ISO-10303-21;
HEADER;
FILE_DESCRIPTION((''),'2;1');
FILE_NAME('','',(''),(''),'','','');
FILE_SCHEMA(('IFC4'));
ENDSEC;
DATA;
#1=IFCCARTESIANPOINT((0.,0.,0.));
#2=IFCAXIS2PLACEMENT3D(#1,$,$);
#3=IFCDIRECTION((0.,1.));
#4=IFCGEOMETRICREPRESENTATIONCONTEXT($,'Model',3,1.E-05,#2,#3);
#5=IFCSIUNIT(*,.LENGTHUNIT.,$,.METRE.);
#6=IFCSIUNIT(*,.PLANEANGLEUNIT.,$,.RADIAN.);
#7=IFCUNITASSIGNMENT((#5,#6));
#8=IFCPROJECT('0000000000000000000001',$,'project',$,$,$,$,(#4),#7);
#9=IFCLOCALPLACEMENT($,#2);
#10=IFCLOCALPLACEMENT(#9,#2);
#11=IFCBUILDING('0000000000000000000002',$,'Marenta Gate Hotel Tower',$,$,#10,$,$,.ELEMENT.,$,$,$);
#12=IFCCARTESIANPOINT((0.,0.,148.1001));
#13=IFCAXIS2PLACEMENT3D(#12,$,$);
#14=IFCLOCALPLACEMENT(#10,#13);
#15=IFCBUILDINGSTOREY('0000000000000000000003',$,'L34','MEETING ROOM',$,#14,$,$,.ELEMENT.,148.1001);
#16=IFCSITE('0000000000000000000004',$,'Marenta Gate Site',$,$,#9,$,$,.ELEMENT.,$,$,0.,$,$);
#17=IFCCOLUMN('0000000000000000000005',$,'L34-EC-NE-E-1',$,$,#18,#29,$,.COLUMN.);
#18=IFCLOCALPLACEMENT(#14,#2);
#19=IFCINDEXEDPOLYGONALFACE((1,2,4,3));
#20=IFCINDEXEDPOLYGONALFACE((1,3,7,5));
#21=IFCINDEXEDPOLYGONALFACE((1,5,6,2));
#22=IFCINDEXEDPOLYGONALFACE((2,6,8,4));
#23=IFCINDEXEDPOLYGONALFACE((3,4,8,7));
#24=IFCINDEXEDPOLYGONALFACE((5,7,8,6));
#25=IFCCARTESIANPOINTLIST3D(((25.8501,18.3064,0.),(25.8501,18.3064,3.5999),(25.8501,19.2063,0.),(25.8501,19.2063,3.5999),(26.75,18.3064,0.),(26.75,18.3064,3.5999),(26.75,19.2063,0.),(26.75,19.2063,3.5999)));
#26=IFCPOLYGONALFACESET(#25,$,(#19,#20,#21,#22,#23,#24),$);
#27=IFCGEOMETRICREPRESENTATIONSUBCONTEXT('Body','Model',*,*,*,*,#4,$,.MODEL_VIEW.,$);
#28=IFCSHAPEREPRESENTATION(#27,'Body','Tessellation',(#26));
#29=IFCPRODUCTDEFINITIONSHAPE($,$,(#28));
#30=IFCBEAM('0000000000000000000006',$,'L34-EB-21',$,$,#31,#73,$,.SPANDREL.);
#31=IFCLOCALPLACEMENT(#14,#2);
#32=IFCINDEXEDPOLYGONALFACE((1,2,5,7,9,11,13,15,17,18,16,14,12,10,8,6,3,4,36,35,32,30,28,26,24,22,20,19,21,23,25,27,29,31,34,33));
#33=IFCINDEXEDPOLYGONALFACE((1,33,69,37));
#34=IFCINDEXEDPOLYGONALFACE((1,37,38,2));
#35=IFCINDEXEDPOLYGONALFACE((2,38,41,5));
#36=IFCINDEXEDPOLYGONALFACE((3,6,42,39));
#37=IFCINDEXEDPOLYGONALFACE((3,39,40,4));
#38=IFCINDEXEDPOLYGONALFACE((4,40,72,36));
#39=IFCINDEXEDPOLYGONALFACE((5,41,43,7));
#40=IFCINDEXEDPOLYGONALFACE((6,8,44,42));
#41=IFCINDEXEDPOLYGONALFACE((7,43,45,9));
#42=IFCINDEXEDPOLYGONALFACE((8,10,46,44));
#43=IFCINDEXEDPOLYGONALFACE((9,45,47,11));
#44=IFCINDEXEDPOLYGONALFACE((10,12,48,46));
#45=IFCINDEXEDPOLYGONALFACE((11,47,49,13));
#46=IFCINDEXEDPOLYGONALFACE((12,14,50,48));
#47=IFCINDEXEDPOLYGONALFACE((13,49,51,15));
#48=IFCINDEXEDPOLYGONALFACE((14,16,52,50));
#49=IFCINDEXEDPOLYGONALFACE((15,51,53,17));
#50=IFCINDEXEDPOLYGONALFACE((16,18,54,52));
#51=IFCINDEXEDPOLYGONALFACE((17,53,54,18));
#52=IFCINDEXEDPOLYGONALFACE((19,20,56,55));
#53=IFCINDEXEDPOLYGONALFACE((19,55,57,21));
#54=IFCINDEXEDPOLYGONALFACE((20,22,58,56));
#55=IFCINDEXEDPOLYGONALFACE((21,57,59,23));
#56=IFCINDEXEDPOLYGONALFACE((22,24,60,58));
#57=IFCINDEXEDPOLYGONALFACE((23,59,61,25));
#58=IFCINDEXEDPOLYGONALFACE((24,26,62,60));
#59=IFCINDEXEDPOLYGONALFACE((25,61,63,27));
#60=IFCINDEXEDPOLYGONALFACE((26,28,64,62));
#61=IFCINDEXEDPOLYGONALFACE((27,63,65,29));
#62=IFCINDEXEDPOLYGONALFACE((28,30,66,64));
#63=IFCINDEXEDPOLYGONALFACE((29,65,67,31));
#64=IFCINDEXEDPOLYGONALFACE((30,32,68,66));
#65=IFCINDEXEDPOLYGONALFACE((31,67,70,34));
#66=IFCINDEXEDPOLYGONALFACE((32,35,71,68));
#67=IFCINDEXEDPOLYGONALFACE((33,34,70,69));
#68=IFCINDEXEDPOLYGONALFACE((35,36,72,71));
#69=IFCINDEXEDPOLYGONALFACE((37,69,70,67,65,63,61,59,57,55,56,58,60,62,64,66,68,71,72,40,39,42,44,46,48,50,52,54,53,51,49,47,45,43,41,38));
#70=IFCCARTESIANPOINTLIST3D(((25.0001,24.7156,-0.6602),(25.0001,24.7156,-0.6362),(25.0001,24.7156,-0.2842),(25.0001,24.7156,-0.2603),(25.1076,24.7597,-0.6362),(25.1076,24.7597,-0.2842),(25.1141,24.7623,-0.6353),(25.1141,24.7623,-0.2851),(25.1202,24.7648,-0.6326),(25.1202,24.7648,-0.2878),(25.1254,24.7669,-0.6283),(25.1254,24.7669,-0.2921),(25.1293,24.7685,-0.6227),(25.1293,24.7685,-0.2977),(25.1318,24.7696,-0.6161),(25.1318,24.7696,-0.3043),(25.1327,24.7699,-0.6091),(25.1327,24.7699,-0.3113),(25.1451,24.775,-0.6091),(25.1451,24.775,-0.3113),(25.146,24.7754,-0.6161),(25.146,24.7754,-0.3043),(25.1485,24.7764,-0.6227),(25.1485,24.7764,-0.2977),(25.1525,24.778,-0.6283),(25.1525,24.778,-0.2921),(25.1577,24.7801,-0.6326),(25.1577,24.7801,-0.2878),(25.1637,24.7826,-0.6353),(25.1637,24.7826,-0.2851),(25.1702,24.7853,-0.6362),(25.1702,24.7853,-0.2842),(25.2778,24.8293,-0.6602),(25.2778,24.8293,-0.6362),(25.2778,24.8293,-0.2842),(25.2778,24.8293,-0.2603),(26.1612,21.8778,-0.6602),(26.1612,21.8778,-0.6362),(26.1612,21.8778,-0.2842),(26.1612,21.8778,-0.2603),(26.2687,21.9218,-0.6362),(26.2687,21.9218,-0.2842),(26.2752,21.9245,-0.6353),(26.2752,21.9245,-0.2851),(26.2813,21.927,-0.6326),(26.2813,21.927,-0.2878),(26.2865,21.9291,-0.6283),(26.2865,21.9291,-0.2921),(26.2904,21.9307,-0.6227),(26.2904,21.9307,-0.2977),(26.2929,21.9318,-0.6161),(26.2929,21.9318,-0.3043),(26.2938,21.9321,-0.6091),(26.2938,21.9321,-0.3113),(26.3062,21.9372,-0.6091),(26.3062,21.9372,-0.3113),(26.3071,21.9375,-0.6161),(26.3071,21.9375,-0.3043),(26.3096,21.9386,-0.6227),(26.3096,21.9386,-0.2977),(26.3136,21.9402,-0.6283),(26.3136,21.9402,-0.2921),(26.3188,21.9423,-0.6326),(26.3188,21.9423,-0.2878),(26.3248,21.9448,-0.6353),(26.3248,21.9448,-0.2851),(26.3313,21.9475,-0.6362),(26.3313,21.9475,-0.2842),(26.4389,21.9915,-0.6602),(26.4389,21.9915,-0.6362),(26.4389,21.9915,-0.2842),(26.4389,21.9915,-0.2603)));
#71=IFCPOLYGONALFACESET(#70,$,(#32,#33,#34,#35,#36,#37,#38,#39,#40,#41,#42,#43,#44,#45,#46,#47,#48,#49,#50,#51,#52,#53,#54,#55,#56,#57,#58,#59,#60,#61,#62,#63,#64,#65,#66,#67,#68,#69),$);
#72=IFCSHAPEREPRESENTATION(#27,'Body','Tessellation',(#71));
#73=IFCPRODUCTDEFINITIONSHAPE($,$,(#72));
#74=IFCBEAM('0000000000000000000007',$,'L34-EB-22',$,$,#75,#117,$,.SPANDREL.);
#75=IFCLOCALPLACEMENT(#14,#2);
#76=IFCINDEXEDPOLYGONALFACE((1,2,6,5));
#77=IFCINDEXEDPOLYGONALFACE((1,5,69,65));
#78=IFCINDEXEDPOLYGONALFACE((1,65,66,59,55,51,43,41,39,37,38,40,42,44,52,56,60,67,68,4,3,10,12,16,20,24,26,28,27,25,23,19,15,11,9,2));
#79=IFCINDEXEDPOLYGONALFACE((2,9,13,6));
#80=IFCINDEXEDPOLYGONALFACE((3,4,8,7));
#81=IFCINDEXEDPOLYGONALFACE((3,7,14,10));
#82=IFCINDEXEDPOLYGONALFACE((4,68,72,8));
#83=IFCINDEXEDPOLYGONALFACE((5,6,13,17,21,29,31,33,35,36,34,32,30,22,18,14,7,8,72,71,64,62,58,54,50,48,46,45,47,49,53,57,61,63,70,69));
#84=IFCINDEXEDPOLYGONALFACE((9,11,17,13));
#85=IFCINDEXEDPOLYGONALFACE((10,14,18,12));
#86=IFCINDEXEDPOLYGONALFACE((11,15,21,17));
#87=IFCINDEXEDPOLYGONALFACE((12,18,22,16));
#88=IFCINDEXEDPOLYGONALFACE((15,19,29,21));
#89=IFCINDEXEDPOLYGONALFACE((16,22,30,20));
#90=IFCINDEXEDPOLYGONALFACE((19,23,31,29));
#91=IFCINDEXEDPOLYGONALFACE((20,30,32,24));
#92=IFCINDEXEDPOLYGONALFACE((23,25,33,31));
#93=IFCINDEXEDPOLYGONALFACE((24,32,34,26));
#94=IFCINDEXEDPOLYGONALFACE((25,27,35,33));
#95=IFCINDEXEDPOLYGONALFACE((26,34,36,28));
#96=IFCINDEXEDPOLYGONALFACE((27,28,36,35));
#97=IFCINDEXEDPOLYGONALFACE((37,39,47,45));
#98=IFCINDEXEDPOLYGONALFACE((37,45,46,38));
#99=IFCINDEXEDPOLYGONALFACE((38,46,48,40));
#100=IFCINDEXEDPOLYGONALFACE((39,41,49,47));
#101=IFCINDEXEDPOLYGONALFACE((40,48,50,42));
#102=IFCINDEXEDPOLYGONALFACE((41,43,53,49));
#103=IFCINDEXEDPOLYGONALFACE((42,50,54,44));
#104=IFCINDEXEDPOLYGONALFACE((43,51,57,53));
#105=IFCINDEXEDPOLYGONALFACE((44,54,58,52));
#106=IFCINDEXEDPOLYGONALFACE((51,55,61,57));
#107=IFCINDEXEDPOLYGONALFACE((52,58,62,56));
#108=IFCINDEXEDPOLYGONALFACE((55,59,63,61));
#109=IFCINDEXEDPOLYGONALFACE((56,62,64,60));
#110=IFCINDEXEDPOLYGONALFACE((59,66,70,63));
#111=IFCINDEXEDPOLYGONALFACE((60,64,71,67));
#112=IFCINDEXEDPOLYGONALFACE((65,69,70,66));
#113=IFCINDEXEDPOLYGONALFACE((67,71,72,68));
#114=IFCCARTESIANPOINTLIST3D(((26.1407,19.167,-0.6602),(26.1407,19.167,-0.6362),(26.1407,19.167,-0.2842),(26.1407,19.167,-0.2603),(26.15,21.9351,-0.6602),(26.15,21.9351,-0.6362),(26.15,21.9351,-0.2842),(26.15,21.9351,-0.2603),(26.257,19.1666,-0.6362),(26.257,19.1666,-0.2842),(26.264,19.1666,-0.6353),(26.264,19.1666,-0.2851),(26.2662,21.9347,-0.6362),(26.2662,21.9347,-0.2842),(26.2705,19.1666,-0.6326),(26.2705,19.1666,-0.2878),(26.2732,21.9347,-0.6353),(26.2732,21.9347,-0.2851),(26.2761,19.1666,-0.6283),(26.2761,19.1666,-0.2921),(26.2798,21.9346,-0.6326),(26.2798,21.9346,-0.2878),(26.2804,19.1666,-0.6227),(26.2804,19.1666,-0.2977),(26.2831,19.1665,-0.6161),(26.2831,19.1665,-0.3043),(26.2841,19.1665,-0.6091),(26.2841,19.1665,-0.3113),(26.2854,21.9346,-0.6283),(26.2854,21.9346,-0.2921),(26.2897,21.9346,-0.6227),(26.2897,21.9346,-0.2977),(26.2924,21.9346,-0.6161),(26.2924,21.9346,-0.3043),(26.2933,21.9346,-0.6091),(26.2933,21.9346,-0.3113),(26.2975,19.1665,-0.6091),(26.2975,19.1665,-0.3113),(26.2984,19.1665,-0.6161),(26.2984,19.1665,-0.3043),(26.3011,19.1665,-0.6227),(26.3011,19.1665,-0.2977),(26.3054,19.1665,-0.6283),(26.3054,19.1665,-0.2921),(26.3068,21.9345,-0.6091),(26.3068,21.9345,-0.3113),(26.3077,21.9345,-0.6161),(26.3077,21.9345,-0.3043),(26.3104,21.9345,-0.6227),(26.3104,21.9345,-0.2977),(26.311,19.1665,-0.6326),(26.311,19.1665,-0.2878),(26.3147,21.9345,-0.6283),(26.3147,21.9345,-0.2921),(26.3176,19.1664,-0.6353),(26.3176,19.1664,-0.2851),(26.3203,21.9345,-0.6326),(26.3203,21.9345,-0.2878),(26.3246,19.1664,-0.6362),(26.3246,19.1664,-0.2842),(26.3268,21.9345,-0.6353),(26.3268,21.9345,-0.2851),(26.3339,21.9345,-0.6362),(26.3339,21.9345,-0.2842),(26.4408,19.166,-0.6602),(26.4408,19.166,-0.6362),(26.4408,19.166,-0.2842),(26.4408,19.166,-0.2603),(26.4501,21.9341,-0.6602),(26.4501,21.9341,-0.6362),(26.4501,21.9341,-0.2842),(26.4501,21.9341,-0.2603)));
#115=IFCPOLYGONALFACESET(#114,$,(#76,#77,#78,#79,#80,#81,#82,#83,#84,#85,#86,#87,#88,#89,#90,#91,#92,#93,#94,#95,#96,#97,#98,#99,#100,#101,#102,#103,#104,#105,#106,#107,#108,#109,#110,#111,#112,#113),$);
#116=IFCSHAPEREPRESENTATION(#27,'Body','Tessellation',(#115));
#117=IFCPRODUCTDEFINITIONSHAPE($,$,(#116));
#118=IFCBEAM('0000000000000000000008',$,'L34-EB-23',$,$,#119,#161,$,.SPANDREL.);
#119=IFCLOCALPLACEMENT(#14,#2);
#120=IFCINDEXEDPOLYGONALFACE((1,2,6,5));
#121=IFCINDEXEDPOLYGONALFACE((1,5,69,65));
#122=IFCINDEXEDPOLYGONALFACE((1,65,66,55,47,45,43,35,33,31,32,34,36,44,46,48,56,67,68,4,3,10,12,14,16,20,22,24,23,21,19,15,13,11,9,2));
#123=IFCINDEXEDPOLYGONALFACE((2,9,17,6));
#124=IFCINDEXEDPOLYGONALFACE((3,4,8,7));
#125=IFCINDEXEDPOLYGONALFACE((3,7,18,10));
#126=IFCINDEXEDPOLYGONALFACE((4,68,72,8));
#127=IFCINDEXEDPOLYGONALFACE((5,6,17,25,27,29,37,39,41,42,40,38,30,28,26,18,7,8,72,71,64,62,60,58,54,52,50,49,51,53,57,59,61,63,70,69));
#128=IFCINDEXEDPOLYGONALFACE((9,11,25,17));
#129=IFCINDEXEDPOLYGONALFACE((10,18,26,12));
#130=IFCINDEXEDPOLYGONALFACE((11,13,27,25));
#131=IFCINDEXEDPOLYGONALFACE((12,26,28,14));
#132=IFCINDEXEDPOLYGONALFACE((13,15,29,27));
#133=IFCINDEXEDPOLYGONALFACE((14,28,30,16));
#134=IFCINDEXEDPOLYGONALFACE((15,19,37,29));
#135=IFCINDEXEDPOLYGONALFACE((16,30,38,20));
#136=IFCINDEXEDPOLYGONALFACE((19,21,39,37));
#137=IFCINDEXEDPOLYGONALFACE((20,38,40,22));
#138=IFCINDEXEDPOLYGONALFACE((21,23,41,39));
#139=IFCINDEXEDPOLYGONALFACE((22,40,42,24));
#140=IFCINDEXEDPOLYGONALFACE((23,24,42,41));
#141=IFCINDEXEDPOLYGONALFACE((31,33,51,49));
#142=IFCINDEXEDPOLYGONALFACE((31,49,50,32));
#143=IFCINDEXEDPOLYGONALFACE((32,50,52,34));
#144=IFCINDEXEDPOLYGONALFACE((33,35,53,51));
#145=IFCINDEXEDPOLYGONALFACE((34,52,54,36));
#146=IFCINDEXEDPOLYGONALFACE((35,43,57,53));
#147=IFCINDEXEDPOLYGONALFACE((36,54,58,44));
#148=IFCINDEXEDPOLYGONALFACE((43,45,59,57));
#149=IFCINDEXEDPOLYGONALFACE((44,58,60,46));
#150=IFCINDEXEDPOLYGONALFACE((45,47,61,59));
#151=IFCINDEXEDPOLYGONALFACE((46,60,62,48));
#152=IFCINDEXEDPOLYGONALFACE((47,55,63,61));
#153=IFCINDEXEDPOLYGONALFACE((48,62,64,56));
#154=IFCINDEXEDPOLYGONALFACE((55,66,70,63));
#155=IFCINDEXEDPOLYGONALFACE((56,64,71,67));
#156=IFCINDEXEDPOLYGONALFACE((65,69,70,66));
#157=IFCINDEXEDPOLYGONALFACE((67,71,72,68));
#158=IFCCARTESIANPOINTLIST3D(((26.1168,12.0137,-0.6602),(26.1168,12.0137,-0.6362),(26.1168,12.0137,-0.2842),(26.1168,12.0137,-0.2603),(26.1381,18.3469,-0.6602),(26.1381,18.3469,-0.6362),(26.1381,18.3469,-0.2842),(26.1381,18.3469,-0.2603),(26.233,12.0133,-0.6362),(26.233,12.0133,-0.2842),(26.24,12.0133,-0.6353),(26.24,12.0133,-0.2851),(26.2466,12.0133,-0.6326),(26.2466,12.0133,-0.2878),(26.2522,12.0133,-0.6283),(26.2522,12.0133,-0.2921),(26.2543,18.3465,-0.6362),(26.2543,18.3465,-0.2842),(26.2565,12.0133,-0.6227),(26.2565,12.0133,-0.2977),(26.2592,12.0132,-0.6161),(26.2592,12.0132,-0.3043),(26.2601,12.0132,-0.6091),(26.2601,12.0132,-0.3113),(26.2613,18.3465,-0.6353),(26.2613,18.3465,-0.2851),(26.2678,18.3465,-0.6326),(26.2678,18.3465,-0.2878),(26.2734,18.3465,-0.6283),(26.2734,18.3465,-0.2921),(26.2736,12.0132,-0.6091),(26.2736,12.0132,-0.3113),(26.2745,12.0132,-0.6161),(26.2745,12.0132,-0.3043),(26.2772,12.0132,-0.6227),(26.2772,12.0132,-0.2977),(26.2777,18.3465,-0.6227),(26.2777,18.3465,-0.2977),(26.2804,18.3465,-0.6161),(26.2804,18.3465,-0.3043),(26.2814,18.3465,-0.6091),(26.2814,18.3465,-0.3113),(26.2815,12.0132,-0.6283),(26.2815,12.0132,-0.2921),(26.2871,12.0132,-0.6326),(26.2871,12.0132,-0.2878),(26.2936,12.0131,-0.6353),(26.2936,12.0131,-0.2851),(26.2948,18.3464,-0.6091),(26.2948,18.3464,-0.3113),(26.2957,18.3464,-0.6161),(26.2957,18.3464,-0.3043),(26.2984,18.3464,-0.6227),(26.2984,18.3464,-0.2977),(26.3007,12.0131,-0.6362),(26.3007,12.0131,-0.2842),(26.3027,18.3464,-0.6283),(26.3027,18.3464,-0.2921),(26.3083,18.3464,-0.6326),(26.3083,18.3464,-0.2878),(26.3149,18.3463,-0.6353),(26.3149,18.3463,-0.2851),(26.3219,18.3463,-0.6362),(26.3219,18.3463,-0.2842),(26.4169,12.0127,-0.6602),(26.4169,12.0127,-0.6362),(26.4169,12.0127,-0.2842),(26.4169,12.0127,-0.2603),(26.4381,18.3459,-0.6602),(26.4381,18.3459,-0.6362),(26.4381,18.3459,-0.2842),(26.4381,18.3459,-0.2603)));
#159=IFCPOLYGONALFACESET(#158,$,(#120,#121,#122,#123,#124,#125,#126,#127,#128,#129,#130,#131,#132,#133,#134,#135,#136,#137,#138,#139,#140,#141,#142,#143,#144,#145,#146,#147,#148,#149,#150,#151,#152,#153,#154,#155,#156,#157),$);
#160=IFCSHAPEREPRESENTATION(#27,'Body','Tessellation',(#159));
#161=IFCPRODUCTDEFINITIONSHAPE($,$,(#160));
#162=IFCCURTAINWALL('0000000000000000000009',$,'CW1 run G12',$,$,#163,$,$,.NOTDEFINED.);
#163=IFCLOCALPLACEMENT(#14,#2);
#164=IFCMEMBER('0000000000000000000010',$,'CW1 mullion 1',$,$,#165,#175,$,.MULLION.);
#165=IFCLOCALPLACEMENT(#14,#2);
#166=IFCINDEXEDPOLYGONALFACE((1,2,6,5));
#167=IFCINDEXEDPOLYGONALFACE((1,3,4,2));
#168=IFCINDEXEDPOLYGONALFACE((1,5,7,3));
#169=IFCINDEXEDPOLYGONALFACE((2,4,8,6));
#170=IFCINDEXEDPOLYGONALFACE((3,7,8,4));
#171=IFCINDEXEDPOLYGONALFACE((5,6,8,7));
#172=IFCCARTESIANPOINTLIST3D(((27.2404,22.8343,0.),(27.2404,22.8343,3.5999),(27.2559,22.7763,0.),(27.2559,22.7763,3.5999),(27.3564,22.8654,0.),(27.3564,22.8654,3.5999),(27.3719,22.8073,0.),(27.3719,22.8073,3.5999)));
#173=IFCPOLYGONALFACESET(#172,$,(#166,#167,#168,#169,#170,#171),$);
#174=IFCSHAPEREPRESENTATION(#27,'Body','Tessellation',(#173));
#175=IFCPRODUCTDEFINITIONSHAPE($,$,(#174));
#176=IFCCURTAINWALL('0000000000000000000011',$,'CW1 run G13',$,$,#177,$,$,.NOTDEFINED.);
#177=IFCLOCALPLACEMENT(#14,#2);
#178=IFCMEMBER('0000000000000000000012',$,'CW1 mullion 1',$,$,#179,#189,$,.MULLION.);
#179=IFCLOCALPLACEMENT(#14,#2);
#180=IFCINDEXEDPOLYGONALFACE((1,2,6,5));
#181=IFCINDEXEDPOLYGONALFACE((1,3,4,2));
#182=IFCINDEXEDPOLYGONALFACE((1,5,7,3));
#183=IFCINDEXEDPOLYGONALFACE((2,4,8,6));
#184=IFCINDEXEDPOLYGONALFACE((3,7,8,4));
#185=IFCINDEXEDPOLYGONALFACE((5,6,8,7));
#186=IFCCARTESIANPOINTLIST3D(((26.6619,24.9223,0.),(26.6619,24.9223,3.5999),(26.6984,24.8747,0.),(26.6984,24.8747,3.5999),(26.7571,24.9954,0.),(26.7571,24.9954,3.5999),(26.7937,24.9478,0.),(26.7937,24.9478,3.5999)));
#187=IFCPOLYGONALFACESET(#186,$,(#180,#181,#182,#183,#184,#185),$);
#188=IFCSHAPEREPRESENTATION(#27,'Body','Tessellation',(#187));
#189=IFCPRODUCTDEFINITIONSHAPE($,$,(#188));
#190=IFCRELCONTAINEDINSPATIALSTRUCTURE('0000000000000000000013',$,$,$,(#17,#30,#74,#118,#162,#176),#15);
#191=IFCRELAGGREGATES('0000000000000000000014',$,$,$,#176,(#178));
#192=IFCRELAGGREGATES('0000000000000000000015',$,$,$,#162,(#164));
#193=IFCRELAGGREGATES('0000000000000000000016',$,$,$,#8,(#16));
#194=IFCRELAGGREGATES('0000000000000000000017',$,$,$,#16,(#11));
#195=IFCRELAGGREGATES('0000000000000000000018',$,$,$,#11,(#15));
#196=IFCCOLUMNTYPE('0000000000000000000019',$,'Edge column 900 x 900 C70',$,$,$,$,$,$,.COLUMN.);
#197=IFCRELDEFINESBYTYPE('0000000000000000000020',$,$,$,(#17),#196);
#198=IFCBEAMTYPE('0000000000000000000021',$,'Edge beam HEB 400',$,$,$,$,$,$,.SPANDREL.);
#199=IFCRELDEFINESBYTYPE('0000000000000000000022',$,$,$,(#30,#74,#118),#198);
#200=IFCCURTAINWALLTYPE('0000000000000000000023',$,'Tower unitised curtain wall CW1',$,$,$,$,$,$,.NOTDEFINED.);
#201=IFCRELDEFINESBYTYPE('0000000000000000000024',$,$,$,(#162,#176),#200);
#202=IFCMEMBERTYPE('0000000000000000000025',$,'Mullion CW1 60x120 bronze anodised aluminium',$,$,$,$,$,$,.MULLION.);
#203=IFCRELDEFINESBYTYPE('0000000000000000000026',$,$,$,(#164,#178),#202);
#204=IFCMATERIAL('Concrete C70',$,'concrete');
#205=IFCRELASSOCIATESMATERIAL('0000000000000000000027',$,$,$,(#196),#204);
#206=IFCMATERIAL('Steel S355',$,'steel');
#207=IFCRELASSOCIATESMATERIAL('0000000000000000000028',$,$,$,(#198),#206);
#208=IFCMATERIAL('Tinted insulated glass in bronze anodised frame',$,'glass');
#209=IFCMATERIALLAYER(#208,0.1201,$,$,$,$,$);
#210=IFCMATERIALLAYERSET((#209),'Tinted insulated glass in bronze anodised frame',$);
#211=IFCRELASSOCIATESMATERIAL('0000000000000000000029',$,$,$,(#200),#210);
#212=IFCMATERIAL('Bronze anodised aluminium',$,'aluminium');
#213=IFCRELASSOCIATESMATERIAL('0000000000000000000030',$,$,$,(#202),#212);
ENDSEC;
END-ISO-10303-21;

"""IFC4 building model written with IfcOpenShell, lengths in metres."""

from ifc_helpers import new_model, si_unit, direction, frame, origin, origin_2d, place, context, subcontext, project, spatial, rectangle, i_section, extrude, material, layer, layer_set, material_profile, profile_set, type_object, element, aggregate, save


model = new_model("IFC4")

# Units and contexts
model_context = context("Model", 3, precision=1e-05, world=origin(), true_north=direction((0.0, 1.0)))
body_context = subcontext(model_context, "Body", "Model", "MODEL_VIEW")
ifc_project = project(units=[si_unit("LENGTHUNIT", "METRE"), si_unit("PLANEANGLEUNIT", "RADIAN")], contexts=[model_context])

# Site, building, storey
site_placement = place(None, origin())
site = spatial("IfcSite", under=ifc_project, at=site_placement, Name="Marenta Gate Site", CompositionType="ELEMENT", RefElevation=0.0)
building_placement = place(site_placement, origin())
building = spatial("IfcBuilding", under=site, at=building_placement, Name="Marenta Gate Hotel Tower", CompositionType="ELEMENT")
storey_placement = place(building_placement, frame((0.0, 0.0, 148.1001)))
storey = spatial("IfcBuildingStorey", under=building, at=storey_placement, Name="L34", Description="MEETING ROOM", CompositionType="ELEMENT", Elevation=148.1001)

# Column
ifc_material_1 = material(Name="Concrete C70", Category="concrete")
ifc_material_profile_1 = material_profile(ifc_material_1, rectangle(XDim=0.8999, YDim=0.8999, at=origin_2d()), Name="900 x 900")
ifc_profile_set_1 = profile_set([ifc_material_profile_1], Name="Concrete C70")
column_type = type_object("IfcColumnType", Name="Edge column 900 x 900 C70", PredefinedType="COLUMN", material=ifc_profile_set_1)
column_placement = place(storey_placement, frame((26.3, 18.7563, 0.0), z_axis=(0.0, 0.0, 1.0), x_axis=(1.0, 0.0, 0.0)))
element("IfcColumn", 1, at=column_placement, inside=storey, type_object=column_type, Name="L34-EC-NE-E-1", PredefinedType="COLUMN", context=body_context, shape_type="SweptSolid", body=[
    extrude(rectangle(XDim=0.8999, YDim=0.8999, at=origin_2d()), origin(), (0.0, 0.0, 1.0), 3.5999),
])

# Beams
ifc_material_2 = material(Name="Steel S355", Category="steel")
ifc_material_profile_2 = material_profile(ifc_material_2, i_section(OverallWidth=0.3, OverallDepth=0.3999, WebThickness=0.0134, FlangeThickness=0.0239, FilletRadius=0.0271, at=origin_2d()), Name="HEB 400")
ifc_profile_set_2 = profile_set([ifc_material_profile_2], Name="Steel S355")
beam_type = type_object("IfcBeamType", Name="Edge beam HEB 400", PredefinedType="SPANDREL", material=ifc_profile_set_2)
beam_1_placement = place(storey_placement, frame((25.1389, 24.7725, -0.4602), z_axis=(0.378682, -0.925527, 0.0), x_axis=(0.925527, 0.378682, 0.0)))
element("IfcBeam", 2, at=beam_1_placement, inside=storey, type_object=beam_type, Name="L34-EB-21", PredefinedType="SPANDREL", context=body_context, shape_type="SweptSolid", body=[
    extrude(i_section(OverallWidth=0.3, OverallDepth=0.3999, WebThickness=0.0134, FlangeThickness=0.0239, FilletRadius=0.0271, at=origin_2d()), origin(), (0.0, 0.0, 1.0), 3.0662),
])
beam_2_placement = place(storey_placement, frame((26.3, 21.9346, -0.4602), z_axis=(-0.003352, -0.999994, 0.0), x_axis=(0.999994, -0.003352, 0.0)))
element("IfcBeam", 3, at=beam_2_placement, inside=storey, type_object=beam_type, Name="L34-EB-22", PredefinedType="SPANDREL", context=body_context, shape_type="SweptSolid", body=[
    extrude(i_section(OverallWidth=0.3, OverallDepth=0.3999, WebThickness=0.0134, FlangeThickness=0.0239, FilletRadius=0.0271, at=origin_2d()), origin(), (0.0, 0.0, 1.0), 2.7681),
])
beam_3_placement = place(storey_placement, frame((26.2881, 18.3464, -0.4602), z_axis=(-0.003354, -0.999994, 0.0), x_axis=(0.999994, -0.003354, 0.0)))
element("IfcBeam", 4, at=beam_3_placement, inside=storey, type_object=beam_type, Name="L34-EB-23", PredefinedType="SPANDREL", context=body_context, shape_type="SweptSolid", body=[
    extrude(i_section(OverallWidth=0.3, OverallDepth=0.3999, WebThickness=0.0134, FlangeThickness=0.0239, FilletRadius=0.0271, at=origin_2d()), origin(), (0.0, 0.0, 1.0), 6.3333),
])

# Curtain walls, members
ifc_material_3 = material(Name="Tinted insulated glass in bronze anodised frame", Category="glass")
ifc_layer_1 = layer(ifc_material_3, 0.1201)
ifc_layer_set_1 = layer_set([ifc_layer_1], Name="Tinted insulated glass in bronze anodised frame")
curtain_wall_type = type_object("IfcCurtainWallType", Name="Tower unitised curtain wall CW1", PredefinedType="NOTDEFINED", material=ifc_layer_set_1)
curtain_wall_1_placement = place(storey_placement, origin())
curtain_wall_1 = element("IfcCurtainWall", 5, at=curtain_wall_1_placement, inside=storey, type_object=curtain_wall_type, Name="CW1 run G12", PredefinedType="NOTDEFINED")
ifc_material_4 = material(Name="Bronze anodised aluminium", Category="aluminium")
ifc_material_profile_3 = material_profile(ifc_material_4, rectangle(XDim=0.1201, YDim=0.0601, at=origin_2d()), Name="Mullion CW1 60x120 bronze anodised aluminium")
ifc_profile_set_3 = profile_set([ifc_material_profile_3], Name="Bronze anodised aluminium")
member_type_1 = type_object("IfcMemberType", Name="Mullion CW1 60x120 bronze anodised aluminium", PredefinedType="MULLION", material=ifc_profile_set_3)
member_1_placement = place(storey_placement, frame((27.3062, 22.8208, 0.0), z_axis=(0.0, 0.0, 1.0), x_axis=(-0.965925, -0.258823, 0.0)))
member_1 = element("IfcMember", 6, at=member_1_placement, type_object=member_type_1, Name="CW1 mullion 1", PredefinedType="MULLION", context=body_context, shape_type="SweptSolid", body=[
    extrude(rectangle(XDim=0.1201, YDim=0.0601, at=origin_2d()), origin(), (0.0, 0.0, 1.0), 3.5999),
])
curtain_wall_2_placement = place(storey_placement, origin())
curtain_wall_2 = element("IfcCurtainWall", 7, at=curtain_wall_2_placement, inside=storey, type_object=curtain_wall_type, Name="CW1 run G13", PredefinedType="NOTDEFINED")
member_2_placement = place(storey_placement, frame((26.7278, 24.9351, 0.0), z_axis=(0.0, 0.0, 1.0), x_axis=(-0.793327, -0.608796, 0.0)))
member_2 = element("IfcMember", 8, at=member_2_placement, type_object=member_type_1, Name="CW1 mullion 1", PredefinedType="MULLION", context=body_context, shape_type="SweptSolid", body=[
    extrude(rectangle(XDim=0.1201, YDim=0.0601, at=origin_2d()), origin(), (0.0, 0.0, 1.0), 3.5999),
])
aggregate(curtain_wall_2, [member_2])

aggregate(curtain_wall_1, [member_1])

save(model, "model.ifc")
